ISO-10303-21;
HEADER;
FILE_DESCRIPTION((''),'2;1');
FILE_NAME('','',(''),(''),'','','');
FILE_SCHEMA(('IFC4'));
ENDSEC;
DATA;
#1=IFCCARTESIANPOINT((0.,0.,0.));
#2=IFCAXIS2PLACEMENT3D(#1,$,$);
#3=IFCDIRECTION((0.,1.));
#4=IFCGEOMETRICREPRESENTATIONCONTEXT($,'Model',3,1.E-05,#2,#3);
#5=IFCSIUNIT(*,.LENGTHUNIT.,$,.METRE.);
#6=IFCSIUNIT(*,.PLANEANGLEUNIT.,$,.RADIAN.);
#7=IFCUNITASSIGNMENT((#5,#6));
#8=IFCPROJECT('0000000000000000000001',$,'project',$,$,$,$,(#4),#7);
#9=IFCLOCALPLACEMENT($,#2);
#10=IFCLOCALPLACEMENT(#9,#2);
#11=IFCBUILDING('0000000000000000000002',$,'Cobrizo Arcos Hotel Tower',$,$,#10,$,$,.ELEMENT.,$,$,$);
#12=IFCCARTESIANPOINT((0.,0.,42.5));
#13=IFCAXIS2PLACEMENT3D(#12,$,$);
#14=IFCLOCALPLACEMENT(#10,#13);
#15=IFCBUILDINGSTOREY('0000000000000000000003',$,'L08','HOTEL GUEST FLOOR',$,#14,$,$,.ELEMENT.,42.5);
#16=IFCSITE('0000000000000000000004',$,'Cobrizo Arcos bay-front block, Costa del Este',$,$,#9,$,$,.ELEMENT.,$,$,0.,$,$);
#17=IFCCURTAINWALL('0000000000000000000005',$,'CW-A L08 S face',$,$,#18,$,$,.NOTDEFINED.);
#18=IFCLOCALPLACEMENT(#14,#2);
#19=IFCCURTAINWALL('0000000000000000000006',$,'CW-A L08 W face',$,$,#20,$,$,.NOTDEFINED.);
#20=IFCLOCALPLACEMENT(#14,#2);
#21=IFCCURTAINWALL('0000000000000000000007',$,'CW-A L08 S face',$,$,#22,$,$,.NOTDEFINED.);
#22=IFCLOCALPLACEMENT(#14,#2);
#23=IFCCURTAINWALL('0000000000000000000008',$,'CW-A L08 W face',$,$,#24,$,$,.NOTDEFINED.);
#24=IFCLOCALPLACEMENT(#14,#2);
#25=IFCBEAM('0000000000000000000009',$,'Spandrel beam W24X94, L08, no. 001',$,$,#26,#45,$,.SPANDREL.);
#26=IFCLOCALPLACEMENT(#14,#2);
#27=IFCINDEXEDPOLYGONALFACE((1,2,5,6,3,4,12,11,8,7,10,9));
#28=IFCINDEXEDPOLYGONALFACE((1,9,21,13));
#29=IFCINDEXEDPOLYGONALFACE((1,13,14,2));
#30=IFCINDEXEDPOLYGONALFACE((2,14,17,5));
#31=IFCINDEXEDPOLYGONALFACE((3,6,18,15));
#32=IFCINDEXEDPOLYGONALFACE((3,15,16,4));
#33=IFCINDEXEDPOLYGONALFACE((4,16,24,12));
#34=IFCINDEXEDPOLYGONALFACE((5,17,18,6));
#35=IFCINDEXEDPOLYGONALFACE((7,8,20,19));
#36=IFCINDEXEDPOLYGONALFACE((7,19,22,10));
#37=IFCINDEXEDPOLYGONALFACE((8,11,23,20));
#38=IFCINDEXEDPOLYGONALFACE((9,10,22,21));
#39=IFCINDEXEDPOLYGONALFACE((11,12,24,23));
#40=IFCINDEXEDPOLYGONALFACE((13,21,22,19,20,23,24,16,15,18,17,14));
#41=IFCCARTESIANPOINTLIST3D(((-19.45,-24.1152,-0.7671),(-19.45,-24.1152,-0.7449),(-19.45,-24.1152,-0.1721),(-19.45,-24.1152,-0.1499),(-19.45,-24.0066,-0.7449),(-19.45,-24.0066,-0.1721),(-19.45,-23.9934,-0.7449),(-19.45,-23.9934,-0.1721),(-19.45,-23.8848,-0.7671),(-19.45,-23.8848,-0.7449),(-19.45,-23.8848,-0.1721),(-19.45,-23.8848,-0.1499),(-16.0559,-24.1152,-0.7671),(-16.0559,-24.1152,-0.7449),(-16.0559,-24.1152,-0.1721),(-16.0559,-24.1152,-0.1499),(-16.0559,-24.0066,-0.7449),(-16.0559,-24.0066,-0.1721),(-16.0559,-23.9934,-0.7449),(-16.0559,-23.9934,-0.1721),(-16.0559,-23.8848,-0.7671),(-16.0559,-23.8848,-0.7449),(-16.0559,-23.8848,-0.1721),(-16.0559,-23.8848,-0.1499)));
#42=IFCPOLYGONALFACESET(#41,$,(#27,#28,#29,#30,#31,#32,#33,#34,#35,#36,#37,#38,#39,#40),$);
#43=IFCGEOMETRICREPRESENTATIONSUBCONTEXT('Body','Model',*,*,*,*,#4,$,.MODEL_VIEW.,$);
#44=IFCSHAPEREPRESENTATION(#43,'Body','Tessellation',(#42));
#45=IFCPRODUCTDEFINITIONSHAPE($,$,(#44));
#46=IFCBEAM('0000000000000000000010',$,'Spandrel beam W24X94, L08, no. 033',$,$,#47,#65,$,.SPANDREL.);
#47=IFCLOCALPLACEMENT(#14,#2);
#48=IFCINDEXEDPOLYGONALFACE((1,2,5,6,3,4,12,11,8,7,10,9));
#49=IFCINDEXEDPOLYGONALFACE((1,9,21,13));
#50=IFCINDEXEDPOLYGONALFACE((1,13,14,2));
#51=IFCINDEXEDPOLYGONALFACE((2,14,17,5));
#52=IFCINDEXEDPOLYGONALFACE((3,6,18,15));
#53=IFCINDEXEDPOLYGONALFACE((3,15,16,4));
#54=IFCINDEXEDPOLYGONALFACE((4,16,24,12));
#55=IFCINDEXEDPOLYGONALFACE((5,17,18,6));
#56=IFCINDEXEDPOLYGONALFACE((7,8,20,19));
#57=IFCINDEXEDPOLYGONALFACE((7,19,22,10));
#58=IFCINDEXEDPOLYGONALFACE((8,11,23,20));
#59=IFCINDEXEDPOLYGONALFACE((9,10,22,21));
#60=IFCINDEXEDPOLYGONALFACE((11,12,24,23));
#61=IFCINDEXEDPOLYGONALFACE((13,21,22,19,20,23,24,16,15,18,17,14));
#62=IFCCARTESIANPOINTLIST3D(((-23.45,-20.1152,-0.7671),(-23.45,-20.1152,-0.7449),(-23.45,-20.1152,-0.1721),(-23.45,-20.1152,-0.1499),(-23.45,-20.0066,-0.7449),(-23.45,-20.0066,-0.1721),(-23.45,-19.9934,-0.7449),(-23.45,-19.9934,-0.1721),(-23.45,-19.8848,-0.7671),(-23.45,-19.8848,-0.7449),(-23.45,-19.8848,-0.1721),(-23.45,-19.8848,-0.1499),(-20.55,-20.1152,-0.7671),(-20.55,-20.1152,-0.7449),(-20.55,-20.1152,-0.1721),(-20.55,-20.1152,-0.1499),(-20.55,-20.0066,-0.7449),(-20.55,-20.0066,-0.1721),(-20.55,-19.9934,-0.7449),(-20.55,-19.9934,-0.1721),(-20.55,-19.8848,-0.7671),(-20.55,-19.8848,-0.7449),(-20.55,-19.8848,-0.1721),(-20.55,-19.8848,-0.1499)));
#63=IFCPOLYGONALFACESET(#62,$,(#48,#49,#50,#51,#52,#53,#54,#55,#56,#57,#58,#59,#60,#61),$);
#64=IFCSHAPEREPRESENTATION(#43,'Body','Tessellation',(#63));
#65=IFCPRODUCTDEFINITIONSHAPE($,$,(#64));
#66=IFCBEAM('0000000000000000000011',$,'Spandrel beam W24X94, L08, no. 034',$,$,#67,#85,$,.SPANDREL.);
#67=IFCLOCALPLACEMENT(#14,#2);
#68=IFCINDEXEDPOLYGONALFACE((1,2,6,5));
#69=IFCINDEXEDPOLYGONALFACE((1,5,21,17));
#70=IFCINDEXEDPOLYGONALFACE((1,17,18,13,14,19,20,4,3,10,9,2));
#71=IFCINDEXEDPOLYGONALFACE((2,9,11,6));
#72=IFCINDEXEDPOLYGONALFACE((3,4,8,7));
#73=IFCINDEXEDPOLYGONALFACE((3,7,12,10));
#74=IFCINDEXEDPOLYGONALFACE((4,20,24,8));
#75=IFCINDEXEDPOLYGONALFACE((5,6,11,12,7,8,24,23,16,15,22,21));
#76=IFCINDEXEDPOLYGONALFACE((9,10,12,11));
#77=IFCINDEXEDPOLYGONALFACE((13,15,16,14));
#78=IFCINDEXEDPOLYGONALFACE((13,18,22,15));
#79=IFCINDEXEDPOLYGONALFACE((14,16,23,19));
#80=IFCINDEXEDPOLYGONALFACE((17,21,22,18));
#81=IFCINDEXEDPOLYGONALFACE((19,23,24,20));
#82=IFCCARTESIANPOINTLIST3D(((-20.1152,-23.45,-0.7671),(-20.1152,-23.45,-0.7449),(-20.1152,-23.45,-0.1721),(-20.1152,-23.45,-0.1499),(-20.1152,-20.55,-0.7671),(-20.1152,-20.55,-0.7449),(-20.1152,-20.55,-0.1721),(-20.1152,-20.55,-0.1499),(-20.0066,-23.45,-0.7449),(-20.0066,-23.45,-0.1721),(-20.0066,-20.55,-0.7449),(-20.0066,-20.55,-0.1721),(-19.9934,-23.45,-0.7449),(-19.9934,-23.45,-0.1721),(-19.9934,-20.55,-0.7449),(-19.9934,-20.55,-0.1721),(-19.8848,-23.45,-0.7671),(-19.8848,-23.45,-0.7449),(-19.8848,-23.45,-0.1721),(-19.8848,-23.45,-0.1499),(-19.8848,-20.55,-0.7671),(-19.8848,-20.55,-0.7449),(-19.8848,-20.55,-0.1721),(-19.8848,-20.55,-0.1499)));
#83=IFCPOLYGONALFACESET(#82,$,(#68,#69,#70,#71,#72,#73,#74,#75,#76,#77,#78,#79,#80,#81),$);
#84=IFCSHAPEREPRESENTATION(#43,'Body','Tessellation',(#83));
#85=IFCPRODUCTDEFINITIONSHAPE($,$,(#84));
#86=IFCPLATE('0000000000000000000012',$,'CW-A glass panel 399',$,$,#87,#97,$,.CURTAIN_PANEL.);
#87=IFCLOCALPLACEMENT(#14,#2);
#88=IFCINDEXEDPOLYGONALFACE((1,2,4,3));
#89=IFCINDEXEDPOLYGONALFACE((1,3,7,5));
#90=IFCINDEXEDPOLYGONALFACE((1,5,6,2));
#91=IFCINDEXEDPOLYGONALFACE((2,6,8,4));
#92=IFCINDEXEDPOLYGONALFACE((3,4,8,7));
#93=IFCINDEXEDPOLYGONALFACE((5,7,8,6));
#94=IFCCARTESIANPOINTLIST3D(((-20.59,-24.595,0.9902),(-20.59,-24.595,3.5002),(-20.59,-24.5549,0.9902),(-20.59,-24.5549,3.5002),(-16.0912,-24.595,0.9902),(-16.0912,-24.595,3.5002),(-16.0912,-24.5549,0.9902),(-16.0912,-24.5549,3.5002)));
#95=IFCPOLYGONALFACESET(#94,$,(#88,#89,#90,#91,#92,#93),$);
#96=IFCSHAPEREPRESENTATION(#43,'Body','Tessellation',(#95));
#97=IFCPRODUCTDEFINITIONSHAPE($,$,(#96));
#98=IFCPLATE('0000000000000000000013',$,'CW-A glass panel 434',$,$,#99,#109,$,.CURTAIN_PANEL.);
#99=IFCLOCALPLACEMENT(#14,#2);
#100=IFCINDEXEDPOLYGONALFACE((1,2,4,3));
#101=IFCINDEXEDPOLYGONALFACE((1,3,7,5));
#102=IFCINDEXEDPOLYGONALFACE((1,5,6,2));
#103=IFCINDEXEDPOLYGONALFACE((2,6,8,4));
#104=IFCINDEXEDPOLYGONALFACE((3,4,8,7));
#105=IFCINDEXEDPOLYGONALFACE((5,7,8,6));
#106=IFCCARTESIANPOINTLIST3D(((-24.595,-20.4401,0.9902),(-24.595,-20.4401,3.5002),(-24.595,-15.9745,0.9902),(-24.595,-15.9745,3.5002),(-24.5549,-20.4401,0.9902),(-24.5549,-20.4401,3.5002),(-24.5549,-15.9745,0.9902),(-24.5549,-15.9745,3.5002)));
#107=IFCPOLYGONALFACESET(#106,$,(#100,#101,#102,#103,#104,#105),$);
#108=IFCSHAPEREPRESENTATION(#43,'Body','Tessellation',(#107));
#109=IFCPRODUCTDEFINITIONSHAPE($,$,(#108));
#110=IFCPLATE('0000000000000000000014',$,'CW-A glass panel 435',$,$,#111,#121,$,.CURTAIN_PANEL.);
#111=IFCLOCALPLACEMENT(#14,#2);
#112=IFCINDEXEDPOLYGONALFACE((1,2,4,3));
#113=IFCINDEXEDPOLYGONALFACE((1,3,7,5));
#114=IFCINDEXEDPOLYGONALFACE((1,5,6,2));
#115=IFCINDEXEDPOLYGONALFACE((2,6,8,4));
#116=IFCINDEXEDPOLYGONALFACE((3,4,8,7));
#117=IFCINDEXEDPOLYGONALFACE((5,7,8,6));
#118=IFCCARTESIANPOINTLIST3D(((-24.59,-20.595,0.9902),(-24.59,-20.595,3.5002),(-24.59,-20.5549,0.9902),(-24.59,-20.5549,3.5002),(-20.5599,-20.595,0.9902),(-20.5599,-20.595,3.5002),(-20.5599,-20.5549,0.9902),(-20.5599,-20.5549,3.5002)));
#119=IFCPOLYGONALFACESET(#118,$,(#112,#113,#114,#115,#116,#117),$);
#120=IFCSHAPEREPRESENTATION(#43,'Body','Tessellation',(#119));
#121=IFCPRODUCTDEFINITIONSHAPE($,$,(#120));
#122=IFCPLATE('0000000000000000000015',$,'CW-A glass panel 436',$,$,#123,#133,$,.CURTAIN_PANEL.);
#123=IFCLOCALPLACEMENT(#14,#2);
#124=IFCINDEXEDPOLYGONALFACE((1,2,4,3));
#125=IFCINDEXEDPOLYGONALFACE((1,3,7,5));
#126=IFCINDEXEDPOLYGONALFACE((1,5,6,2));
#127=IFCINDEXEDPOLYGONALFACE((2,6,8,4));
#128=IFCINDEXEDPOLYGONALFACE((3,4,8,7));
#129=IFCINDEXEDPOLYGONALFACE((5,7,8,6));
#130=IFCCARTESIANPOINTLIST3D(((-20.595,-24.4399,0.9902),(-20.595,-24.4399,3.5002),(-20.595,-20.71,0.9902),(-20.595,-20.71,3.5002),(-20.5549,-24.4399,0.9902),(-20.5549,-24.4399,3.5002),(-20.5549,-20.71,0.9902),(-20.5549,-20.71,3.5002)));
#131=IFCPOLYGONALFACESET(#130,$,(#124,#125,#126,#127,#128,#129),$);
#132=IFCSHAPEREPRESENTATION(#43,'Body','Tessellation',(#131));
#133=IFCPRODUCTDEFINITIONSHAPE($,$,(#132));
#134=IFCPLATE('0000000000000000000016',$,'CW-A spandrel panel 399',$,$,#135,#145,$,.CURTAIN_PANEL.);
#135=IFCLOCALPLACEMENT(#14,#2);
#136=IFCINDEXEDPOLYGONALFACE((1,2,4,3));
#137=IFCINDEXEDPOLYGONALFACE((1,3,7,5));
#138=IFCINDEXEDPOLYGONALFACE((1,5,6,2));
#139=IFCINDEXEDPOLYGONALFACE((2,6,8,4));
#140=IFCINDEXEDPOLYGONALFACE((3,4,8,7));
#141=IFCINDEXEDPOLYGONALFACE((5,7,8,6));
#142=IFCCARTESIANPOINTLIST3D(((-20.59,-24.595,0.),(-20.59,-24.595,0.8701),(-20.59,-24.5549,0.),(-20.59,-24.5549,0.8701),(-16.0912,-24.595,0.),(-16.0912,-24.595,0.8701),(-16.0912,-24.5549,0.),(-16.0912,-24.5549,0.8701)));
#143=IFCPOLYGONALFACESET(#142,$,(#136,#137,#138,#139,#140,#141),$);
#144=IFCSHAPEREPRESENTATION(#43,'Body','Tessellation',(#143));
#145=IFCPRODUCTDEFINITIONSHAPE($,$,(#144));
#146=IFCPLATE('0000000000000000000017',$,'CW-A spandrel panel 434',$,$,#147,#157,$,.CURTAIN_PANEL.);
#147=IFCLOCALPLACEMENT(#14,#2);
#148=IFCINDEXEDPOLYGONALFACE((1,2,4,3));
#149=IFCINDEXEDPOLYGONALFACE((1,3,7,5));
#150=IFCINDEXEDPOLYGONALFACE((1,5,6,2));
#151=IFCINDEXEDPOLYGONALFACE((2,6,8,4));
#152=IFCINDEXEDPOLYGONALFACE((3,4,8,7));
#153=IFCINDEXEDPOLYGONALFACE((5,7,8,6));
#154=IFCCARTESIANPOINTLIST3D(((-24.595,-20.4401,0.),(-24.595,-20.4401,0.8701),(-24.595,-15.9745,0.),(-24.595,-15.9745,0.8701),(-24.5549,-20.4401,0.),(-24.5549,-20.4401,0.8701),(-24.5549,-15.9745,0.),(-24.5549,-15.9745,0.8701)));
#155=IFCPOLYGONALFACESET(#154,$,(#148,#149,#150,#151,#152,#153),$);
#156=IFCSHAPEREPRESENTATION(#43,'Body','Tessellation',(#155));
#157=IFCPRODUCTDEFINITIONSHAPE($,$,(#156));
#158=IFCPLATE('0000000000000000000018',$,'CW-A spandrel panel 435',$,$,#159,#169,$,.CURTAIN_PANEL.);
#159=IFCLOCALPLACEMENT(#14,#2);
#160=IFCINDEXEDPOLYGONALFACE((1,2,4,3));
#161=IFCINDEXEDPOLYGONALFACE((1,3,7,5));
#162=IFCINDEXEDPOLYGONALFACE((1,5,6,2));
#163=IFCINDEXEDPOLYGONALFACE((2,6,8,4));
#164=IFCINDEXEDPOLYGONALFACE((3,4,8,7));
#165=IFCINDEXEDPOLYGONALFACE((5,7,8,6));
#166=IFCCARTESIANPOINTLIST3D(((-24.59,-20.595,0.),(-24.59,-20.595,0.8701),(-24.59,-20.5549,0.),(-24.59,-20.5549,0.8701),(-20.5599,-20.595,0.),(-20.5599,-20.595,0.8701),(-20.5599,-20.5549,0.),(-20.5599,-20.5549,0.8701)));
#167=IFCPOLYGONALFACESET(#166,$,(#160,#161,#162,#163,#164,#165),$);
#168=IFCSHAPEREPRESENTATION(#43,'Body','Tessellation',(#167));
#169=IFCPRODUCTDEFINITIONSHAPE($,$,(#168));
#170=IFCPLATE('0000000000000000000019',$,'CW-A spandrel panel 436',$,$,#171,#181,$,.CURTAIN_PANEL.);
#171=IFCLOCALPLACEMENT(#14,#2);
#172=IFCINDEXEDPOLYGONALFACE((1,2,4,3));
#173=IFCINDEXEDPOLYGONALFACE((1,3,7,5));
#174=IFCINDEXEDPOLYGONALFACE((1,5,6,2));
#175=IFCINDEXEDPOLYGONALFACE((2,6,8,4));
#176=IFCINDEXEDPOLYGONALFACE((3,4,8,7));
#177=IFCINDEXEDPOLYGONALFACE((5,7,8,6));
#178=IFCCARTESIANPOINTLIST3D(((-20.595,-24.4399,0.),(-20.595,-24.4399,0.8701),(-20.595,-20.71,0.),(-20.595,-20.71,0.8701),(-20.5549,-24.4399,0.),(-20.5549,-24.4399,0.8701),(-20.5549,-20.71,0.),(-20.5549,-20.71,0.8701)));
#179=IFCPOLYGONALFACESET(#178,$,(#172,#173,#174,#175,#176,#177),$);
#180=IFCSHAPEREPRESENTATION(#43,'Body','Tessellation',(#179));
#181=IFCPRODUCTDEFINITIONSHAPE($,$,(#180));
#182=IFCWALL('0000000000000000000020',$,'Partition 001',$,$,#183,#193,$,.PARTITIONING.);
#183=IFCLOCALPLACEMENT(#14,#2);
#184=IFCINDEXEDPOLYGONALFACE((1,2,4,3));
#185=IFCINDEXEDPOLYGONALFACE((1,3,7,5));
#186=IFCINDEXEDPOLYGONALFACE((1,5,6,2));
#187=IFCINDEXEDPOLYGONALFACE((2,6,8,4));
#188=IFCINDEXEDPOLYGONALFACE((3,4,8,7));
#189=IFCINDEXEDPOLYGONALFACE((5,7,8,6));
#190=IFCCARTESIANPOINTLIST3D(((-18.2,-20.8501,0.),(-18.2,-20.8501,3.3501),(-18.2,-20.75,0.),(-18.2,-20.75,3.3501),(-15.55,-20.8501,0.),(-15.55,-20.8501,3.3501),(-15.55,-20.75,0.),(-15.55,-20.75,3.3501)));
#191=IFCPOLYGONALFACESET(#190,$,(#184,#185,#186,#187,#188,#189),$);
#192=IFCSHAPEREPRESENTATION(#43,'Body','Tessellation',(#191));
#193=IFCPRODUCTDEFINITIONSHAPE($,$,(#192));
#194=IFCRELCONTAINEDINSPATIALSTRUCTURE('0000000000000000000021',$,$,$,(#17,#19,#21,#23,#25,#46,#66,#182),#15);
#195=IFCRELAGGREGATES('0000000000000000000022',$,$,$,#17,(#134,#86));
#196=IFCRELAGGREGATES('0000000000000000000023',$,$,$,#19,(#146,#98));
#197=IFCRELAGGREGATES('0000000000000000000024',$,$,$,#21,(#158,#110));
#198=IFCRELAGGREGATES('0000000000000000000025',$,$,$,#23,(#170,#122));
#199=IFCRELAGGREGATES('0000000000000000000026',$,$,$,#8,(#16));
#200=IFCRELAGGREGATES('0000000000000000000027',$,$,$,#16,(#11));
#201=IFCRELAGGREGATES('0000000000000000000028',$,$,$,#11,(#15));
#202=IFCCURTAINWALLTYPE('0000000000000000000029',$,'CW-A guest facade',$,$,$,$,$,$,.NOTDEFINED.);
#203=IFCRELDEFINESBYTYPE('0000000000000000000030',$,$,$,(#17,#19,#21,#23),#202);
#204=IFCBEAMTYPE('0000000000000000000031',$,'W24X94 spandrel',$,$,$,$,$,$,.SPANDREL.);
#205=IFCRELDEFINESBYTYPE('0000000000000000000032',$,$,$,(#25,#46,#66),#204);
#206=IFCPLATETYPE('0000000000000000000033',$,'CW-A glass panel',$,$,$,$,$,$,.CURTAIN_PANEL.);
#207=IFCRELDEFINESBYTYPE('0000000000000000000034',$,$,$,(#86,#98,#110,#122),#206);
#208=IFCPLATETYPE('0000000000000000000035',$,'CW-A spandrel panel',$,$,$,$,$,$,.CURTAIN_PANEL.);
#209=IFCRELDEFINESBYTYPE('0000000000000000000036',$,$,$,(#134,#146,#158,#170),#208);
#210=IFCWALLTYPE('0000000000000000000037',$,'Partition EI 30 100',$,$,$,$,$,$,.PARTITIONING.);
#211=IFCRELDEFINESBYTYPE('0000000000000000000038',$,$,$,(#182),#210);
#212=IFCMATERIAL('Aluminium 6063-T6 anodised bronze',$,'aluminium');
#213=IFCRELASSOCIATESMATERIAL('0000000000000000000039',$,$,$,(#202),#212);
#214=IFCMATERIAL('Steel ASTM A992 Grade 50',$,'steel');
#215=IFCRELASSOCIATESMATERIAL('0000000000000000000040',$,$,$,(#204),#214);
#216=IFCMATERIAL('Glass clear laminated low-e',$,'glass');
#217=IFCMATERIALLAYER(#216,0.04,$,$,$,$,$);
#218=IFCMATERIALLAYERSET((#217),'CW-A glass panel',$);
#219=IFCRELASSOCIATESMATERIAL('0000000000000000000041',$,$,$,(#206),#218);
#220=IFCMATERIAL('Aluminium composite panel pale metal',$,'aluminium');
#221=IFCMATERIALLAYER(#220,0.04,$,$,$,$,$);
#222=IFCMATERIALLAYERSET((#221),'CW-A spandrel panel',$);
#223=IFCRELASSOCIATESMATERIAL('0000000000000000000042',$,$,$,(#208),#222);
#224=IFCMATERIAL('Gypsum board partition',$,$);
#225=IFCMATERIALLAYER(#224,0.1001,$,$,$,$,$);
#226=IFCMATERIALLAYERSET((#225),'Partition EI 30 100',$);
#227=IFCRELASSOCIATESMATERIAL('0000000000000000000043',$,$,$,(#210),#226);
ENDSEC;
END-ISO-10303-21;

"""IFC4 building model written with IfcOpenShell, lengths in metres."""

from ifc_helpers import new_model, si_unit, direction, frame, frame_2d, origin, origin_2d, place, context, subcontext, project, spatial, rectangle, i_section, extrude, material, layer, layer_set, material_profile, profile_set, type_object, element, aggregate, save


model = new_model("IFC4")

# Units and contexts
model_context = context("Model", 3, precision=1e-05, world=origin(), true_north=direction((0.0, 1.0)))
body_context = subcontext(model_context, "Body", "Model", "MODEL_VIEW")
ifc_project = project(units=[si_unit("LENGTHUNIT", "METRE"), si_unit("PLANEANGLEUNIT", "RADIAN")], contexts=[model_context])

# Site, building, storey
site_placement = place(None, origin())
site = spatial("IfcSite", under=ifc_project, at=site_placement, Name="Cobrizo Arcos bay-front block, Costa del Este", CompositionType="ELEMENT", RefElevation=0.0)
building_placement = place(site_placement, origin())
building = spatial("IfcBuilding", under=site, at=building_placement, Name="Cobrizo Arcos Hotel Tower", CompositionType="ELEMENT")
storey_placement = place(building_placement, frame((0.0, 0.0, 42.5)))
storey = spatial("IfcBuildingStorey", under=building, at=storey_placement, Name="L08", Description="HOTEL GUEST FLOOR", CompositionType="ELEMENT", Elevation=42.5)

# Curtain walls
ifc_material_1 = material(Name="Aluminium 6063-T6 anodised bronze", Category="aluminium")
curtain_wall_type = type_object("IfcCurtainWallType", Name="CW-A guest facade", PredefinedType="NOTDEFINED", material=ifc_material_1)
curtain_wall_1_placement = place(storey_placement, origin())
curtain_wall_1 = element("IfcCurtainWall", 1, at=curtain_wall_1_placement, inside=storey, type_object=curtain_wall_type, Name="CW-A L08 S face", PredefinedType="NOTDEFINED")
curtain_wall_2_placement = place(storey_placement, origin())
curtain_wall_2 = element("IfcCurtainWall", 2, at=curtain_wall_2_placement, inside=storey, type_object=curtain_wall_type, Name="CW-A L08 W face", PredefinedType="NOTDEFINED")

# Curtain walls
curtain_wall_3_placement = place(storey_placement, origin())
curtain_wall_3 = element("IfcCurtainWall", 3, at=curtain_wall_3_placement, inside=storey, type_object=curtain_wall_type, Name="CW-A L08 S face", PredefinedType="NOTDEFINED")
curtain_wall_4_placement = place(storey_placement, origin())
curtain_wall_4 = element("IfcCurtainWall", 4, at=curtain_wall_4_placement, inside=storey, type_object=curtain_wall_type, Name="CW-A L08 W face", PredefinedType="NOTDEFINED")

# Beams
ifc_material_2 = material(Name="Steel ASTM A992 Grade 50", Category="steel")
ifc_material_profile_1 = material_profile(ifc_material_2, i_section(OverallWidth=0.2305, OverallDepth=0.6172, WebThickness=0.0132, FlangeThickness=0.0222, at=origin_2d()), Name="W24X94")
ifc_profile_set_1 = profile_set([ifc_material_profile_1], Name="Steel ASTM A992 Grade 50")
beam_type_1 = type_object("IfcBeamType", Name="W24X94 spandrel", PredefinedType="SPANDREL", material=ifc_profile_set_1)
beam_1_placement = place(storey_placement, frame((-19.45, -24.0, -0.4585), z_axis=(1.0, 0.0, 0.0), x_axis=(0.0, 1.0, 0.0)))
element("IfcBeam", 5, at=beam_1_placement, inside=storey, type_object=beam_type_1, Name="Spandrel beam W24X94, L08, no. 001", PredefinedType="SPANDREL", context=body_context, shape_type="SweptSolid", body=[
    extrude(i_section(OverallWidth=0.2305, OverallDepth=0.6172, WebThickness=0.0132, FlangeThickness=0.0222, at=origin_2d()), origin(), (0.0, 0.0, 1.0), 3.394),
])
for number, where, z_axis, x_axis, name in (
    (6, (-23.45, -20.0, -0.4585), (1.0, 0.0, 0.0), (0.0, 1.0, 0.0), "Spandrel beam W24X94, L08, no. 033"),
    (7, (-20.0, -20.55, -0.4585), (0.0, -1.0, 0.0), (1.0, 0.0, 0.0), "Spandrel beam W24X94, L08, no. 034"),
):
    element("IfcBeam", number, at=place(storey_placement, frame(where, z_axis=z_axis, x_axis=x_axis)), inside=storey, type_object=beam_type_1, Name=name, PredefinedType="SPANDREL", context=body_context, shape_type="SweptSolid", body=[
        extrude(i_section(OverallWidth=0.2305, OverallDepth=0.6172, WebThickness=0.0132, FlangeThickness=0.0222, at=origin_2d()), origin(), (0.0, 0.0, 1.0), 2.8999),
    ])

# Plates
ifc_material_3 = material(Name="Glass clear laminated low-e", Category="glass")
ifc_layer_1 = layer(ifc_material_3, 0.04)
ifc_layer_set_1 = layer_set([ifc_layer_1], Name="CW-A glass panel")
plate_type_1 = type_object("IfcPlateType", Name="CW-A glass panel", PredefinedType="CURTAIN_PANEL", material=ifc_layer_set_1)
plate_1_placement = place(storey_placement, frame((-18.3406, -24.575, 0.9902), z_axis=(0.0, 0.0, 1.0), x_axis=(1.0, 0.0, 0.0)))
plate_1 = element("IfcPlate", 8, at=plate_1_placement, type_object=plate_type_1, Name="CW-A glass panel 399", PredefinedType="CURTAIN_PANEL", context=body_context, shape_type="SweptSolid", body=[
    extrude(rectangle(XDim=4.4988, YDim=0.04, at=origin_2d()), origin(), (0.0, 0.0, 1.0), 2.51),
])
plate_2_placement = place(storey_placement, frame((-24.575, -18.2073, 0.9902), z_axis=(0.0, 0.0, 1.0), x_axis=(0.0, -1.0, 0.0)))
plate_2 = element("IfcPlate", 9, at=plate_2_placement, type_object=plate_type_1, Name="CW-A glass panel 434", PredefinedType="CURTAIN_PANEL", context=body_context, shape_type="SweptSolid", body=[
    extrude(rectangle(XDim=4.4656, YDim=0.04, at=origin_2d()), origin(), (0.0, 0.0, 1.0), 2.51),
])
plate_3_placement = place(storey_placement, frame((-22.575, -20.575, 0.9902), z_axis=(0.0, 0.0, 1.0), x_axis=(1.0, 0.0, 0.0)))
plate_3 = element("IfcPlate", 10, at=plate_3_placement, type_object=plate_type_1, Name="CW-A glass panel 435", PredefinedType="CURTAIN_PANEL", context=body_context, shape_type="SweptSolid", body=[
    extrude(rectangle(XDim=4.03, YDim=0.04, at=origin_2d()), origin(), (0.0, 0.0, 1.0), 2.51),
])
plate_4_placement = place(storey_placement, frame((-20.575, -22.575, 0.9902), z_axis=(0.0, 0.0, 1.0), x_axis=(0.0, -1.0, 0.0)))
plate_4 = element("IfcPlate", 11, at=plate_4_placement, type_object=plate_type_1, Name="CW-A glass panel 436", PredefinedType="CURTAIN_PANEL", context=body_context, shape_type="SweptSolid", body=[
    extrude(rectangle(XDim=3.73, YDim=0.04, at=origin_2d()), origin(), (0.0, 0.0, 1.0), 2.51),
])
ifc_material_4 = material(Name="Aluminium composite panel pale metal", Category="aluminium")
ifc_layer_2 = layer(ifc_material_4, 0.04)
ifc_layer_set_2 = layer_set([ifc_layer_2], Name="CW-A spandrel panel")
plate_type_2 = type_object("IfcPlateType", Name="CW-A spandrel panel", PredefinedType="CURTAIN_PANEL", material=ifc_layer_set_2)
plate_5_placement = place(storey_placement, frame((-18.3406, -24.575, 0.0), z_axis=(0.0, 0.0, 1.0), x_axis=(1.0, 0.0, 0.0)))
plate_5 = element("IfcPlate", 12, at=plate_5_placement, type_object=plate_type_2, Name="CW-A spandrel panel 399", PredefinedType="CURTAIN_PANEL", context=body_context, shape_type="SweptSolid", body=[
    extrude(rectangle(XDim=4.4988, YDim=0.04, at=origin_2d()), origin(), (0.0, 0.0, 1.0), 0.8701),
])
aggregate(curtain_wall_1, [plate_5, plate_1])
plate_6_placement = place(storey_placement, frame((-24.575, -18.2073, 0.0), z_axis=(0.0, 0.0, 1.0), x_axis=(0.0, -1.0, 0.0)))
plate_6 = element("IfcPlate", 13, at=plate_6_placement, type_object=plate_type_2, Name="CW-A spandrel panel 434", PredefinedType="CURTAIN_PANEL", context=body_context, shape_type="SweptSolid", body=[
    extrude(rectangle(XDim=4.4656, YDim=0.04, at=origin_2d()), origin(), (0.0, 0.0, 1.0), 0.8701),
])
aggregate(curtain_wall_2, [plate_6, plate_2])
plate_7_placement = place(storey_placement, frame((-22.575, -20.575, 0.0), z_axis=(0.0, 0.0, 1.0), x_axis=(1.0, 0.0, 0.0)))
plate_7 = element("IfcPlate", 14, at=plate_7_placement, type_object=plate_type_2, Name="CW-A spandrel panel 435", PredefinedType="CURTAIN_PANEL", context=body_context, shape_type="SweptSolid", body=[
    extrude(rectangle(XDim=4.03, YDim=0.04, at=origin_2d()), origin(), (0.0, 0.0, 1.0), 0.8701),
])
aggregate(curtain_wall_3, [plate_7, plate_3])
plate_8_placement = place(storey_placement, frame((-20.575, -22.575, 0.0), z_axis=(0.0, 0.0, 1.0), x_axis=(0.0, -1.0, 0.0)))
plate_8 = element("IfcPlate", 15, at=plate_8_placement, type_object=plate_type_2, Name="CW-A spandrel panel 436", PredefinedType="CURTAIN_PANEL", context=body_context, shape_type="SweptSolid", body=[
    extrude(rectangle(XDim=3.73, YDim=0.04, at=origin_2d()), origin(), (0.0, 0.0, 1.0), 0.8701),
])
aggregate(curtain_wall_4, [plate_8, plate_4])

# Wall
ifc_material_5 = material(Name="Gypsum board partition")
ifc_layer_3 = layer(ifc_material_5, 0.1001)
ifc_layer_set_3 = layer_set([ifc_layer_3], Name="Partition EI 30 100")
wall_type = type_object("IfcWallType", Name="Partition EI 30 100", PredefinedType="PARTITIONING", material=ifc_layer_set_3)
wall_1_placement = place(storey_placement, frame((-18.2, -20.8, 0.0), z_axis=(0.0, 0.0, 1.0), x_axis=(1.0, 0.0, 0.0)))
element("IfcWall", 16, at=wall_1_placement, inside=storey, type_object=wall_type, Name="Partition 001", PredefinedType="PARTITIONING", context=body_context, shape_type="SweptSolid", body=[
    extrude(rectangle(XDim=2.6499, YDim=0.1001, at=frame_2d((1.325, 0.0))), origin(), (0.0, 0.0, 1.0), 3.3501),
])

save(model, "model.ifc")
